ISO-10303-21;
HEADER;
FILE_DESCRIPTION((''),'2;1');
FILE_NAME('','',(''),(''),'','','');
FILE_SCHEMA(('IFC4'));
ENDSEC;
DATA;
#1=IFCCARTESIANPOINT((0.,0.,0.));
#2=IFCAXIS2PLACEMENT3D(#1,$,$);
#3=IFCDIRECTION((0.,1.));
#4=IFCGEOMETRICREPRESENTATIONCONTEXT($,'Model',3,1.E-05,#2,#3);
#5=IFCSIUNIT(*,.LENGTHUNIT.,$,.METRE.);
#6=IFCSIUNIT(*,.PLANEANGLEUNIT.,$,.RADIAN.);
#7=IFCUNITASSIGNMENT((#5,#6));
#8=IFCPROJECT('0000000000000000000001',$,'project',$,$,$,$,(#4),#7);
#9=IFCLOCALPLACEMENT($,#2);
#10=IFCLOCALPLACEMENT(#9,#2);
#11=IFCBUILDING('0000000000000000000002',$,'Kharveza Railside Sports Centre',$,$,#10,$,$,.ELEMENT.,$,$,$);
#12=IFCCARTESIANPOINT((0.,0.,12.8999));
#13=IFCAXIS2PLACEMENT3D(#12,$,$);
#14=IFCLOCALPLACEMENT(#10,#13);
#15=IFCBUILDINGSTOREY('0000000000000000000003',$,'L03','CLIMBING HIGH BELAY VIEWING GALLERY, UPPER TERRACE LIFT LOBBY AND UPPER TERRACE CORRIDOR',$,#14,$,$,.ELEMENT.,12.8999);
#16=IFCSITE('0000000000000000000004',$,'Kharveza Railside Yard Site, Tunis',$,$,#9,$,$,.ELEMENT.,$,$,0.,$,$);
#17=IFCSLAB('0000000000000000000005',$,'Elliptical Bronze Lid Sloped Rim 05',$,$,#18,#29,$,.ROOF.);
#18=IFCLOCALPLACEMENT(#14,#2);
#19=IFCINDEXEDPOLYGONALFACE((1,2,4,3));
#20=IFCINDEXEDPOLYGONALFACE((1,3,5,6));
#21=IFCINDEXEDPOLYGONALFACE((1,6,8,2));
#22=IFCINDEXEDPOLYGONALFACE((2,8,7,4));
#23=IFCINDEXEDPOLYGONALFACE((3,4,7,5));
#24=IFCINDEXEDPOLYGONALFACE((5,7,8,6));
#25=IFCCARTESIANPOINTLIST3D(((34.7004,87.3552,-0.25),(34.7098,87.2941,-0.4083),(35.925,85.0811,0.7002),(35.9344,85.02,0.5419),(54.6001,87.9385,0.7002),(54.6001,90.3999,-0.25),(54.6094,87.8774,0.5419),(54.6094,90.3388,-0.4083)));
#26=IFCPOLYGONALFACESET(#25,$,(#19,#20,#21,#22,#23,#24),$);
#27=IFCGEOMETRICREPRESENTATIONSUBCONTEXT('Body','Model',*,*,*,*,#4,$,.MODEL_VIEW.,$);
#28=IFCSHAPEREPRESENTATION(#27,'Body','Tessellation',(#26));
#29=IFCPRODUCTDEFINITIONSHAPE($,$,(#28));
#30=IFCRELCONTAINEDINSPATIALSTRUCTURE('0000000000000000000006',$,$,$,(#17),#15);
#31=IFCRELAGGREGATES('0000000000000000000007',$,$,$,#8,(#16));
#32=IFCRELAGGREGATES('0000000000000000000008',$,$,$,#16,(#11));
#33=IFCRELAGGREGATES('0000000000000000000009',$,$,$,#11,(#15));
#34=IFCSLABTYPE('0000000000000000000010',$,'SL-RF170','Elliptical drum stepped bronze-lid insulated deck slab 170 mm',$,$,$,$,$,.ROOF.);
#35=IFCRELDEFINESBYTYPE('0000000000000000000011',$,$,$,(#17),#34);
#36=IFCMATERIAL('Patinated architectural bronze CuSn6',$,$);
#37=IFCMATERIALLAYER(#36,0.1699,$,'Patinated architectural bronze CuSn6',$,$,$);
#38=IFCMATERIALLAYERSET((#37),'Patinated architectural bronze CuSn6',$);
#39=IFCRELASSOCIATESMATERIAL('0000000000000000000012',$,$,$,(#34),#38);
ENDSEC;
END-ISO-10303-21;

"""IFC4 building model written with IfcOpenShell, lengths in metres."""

from ifc_helpers import new_model, si_unit, direction, frame, origin, place, context, subcontext, project, spatial, polyline, outline, extrude, material, layer, layer_set, type_object, element, save


model = new_model("IFC4")

# Units and contexts
model_context = context("Model", 3, precision=1e-05, world=origin(), true_north=direction((0.0, 1.0)))
body_context = subcontext(model_context, "Body", "Model", "MODEL_VIEW")
ifc_project = project(units=[si_unit("LENGTHUNIT", "METRE"), si_unit("PLANEANGLEUNIT", "RADIAN")], contexts=[model_context])

# Site, building, storey
site_placement = place(None, origin())
site = spatial("IfcSite", under=ifc_project, at=site_placement, Name="Kharveza Railside Yard Site, Tunis", CompositionType="ELEMENT", RefElevation=0.0)
building_placement = place(site_placement, origin())
building = spatial("IfcBuilding", under=site, at=building_placement, Name="Kharveza Railside Sports Centre", CompositionType="ELEMENT")
storey_placement = place(building_placement, frame((0.0, 0.0, 12.8999)))
storey = spatial("IfcBuildingStorey", under=building, at=storey_placement, Name="L03", Description="CLIMBING HIGH BELAY VIEWING GALLERY, UPPER TERRACE LIFT LOBBY AND UPPER TERRACE CORRIDOR", CompositionType="ELEMENT", Elevation=12.8999)

# Shared definitions
ifc_material_1 = material(Name="Patinated architectural bronze CuSn6")

# Slab
ifc_layer_1 = layer(ifc_material_1, 0.1699, Name="Patinated architectural bronze CuSn6")
ifc_layer_set_1 = layer_set([ifc_layer_1], Name="Patinated architectural bronze CuSn6")
slab_type = type_object("IfcSlabType", Name="SL-RF170", Description="Elliptical drum stepped bronze-lid insulated deck slab 170 mm", PredefinedType="ROOF", material=ifc_layer_set_1)
slab_1_placement = place(storey_placement, frame((54.6001, 90.3999, -0.25), z_axis=(-0.055017, 0.359579, 0.931491), x_axis=(-0.988497, -0.151242, -0.000001)))
element("IfcSlab", 1, at=slab_1_placement, inside=storey, type_object=slab_type, Name="Elliptical Bronze Lid Sloped Rim 05", PredefinedType="ROOF", context=body_context, shape_type="SweptSolid", body=[
    extrude(outline(polyline([(0.0, 0.0), (20.1312, 0.0), (19.2647, 2.6122), (0.3723, 2.6121), (0.0, 0.0)])), origin(), (0.0, 0.0, -1.0), 0.1699),
])

save(model, "model.ifc")
